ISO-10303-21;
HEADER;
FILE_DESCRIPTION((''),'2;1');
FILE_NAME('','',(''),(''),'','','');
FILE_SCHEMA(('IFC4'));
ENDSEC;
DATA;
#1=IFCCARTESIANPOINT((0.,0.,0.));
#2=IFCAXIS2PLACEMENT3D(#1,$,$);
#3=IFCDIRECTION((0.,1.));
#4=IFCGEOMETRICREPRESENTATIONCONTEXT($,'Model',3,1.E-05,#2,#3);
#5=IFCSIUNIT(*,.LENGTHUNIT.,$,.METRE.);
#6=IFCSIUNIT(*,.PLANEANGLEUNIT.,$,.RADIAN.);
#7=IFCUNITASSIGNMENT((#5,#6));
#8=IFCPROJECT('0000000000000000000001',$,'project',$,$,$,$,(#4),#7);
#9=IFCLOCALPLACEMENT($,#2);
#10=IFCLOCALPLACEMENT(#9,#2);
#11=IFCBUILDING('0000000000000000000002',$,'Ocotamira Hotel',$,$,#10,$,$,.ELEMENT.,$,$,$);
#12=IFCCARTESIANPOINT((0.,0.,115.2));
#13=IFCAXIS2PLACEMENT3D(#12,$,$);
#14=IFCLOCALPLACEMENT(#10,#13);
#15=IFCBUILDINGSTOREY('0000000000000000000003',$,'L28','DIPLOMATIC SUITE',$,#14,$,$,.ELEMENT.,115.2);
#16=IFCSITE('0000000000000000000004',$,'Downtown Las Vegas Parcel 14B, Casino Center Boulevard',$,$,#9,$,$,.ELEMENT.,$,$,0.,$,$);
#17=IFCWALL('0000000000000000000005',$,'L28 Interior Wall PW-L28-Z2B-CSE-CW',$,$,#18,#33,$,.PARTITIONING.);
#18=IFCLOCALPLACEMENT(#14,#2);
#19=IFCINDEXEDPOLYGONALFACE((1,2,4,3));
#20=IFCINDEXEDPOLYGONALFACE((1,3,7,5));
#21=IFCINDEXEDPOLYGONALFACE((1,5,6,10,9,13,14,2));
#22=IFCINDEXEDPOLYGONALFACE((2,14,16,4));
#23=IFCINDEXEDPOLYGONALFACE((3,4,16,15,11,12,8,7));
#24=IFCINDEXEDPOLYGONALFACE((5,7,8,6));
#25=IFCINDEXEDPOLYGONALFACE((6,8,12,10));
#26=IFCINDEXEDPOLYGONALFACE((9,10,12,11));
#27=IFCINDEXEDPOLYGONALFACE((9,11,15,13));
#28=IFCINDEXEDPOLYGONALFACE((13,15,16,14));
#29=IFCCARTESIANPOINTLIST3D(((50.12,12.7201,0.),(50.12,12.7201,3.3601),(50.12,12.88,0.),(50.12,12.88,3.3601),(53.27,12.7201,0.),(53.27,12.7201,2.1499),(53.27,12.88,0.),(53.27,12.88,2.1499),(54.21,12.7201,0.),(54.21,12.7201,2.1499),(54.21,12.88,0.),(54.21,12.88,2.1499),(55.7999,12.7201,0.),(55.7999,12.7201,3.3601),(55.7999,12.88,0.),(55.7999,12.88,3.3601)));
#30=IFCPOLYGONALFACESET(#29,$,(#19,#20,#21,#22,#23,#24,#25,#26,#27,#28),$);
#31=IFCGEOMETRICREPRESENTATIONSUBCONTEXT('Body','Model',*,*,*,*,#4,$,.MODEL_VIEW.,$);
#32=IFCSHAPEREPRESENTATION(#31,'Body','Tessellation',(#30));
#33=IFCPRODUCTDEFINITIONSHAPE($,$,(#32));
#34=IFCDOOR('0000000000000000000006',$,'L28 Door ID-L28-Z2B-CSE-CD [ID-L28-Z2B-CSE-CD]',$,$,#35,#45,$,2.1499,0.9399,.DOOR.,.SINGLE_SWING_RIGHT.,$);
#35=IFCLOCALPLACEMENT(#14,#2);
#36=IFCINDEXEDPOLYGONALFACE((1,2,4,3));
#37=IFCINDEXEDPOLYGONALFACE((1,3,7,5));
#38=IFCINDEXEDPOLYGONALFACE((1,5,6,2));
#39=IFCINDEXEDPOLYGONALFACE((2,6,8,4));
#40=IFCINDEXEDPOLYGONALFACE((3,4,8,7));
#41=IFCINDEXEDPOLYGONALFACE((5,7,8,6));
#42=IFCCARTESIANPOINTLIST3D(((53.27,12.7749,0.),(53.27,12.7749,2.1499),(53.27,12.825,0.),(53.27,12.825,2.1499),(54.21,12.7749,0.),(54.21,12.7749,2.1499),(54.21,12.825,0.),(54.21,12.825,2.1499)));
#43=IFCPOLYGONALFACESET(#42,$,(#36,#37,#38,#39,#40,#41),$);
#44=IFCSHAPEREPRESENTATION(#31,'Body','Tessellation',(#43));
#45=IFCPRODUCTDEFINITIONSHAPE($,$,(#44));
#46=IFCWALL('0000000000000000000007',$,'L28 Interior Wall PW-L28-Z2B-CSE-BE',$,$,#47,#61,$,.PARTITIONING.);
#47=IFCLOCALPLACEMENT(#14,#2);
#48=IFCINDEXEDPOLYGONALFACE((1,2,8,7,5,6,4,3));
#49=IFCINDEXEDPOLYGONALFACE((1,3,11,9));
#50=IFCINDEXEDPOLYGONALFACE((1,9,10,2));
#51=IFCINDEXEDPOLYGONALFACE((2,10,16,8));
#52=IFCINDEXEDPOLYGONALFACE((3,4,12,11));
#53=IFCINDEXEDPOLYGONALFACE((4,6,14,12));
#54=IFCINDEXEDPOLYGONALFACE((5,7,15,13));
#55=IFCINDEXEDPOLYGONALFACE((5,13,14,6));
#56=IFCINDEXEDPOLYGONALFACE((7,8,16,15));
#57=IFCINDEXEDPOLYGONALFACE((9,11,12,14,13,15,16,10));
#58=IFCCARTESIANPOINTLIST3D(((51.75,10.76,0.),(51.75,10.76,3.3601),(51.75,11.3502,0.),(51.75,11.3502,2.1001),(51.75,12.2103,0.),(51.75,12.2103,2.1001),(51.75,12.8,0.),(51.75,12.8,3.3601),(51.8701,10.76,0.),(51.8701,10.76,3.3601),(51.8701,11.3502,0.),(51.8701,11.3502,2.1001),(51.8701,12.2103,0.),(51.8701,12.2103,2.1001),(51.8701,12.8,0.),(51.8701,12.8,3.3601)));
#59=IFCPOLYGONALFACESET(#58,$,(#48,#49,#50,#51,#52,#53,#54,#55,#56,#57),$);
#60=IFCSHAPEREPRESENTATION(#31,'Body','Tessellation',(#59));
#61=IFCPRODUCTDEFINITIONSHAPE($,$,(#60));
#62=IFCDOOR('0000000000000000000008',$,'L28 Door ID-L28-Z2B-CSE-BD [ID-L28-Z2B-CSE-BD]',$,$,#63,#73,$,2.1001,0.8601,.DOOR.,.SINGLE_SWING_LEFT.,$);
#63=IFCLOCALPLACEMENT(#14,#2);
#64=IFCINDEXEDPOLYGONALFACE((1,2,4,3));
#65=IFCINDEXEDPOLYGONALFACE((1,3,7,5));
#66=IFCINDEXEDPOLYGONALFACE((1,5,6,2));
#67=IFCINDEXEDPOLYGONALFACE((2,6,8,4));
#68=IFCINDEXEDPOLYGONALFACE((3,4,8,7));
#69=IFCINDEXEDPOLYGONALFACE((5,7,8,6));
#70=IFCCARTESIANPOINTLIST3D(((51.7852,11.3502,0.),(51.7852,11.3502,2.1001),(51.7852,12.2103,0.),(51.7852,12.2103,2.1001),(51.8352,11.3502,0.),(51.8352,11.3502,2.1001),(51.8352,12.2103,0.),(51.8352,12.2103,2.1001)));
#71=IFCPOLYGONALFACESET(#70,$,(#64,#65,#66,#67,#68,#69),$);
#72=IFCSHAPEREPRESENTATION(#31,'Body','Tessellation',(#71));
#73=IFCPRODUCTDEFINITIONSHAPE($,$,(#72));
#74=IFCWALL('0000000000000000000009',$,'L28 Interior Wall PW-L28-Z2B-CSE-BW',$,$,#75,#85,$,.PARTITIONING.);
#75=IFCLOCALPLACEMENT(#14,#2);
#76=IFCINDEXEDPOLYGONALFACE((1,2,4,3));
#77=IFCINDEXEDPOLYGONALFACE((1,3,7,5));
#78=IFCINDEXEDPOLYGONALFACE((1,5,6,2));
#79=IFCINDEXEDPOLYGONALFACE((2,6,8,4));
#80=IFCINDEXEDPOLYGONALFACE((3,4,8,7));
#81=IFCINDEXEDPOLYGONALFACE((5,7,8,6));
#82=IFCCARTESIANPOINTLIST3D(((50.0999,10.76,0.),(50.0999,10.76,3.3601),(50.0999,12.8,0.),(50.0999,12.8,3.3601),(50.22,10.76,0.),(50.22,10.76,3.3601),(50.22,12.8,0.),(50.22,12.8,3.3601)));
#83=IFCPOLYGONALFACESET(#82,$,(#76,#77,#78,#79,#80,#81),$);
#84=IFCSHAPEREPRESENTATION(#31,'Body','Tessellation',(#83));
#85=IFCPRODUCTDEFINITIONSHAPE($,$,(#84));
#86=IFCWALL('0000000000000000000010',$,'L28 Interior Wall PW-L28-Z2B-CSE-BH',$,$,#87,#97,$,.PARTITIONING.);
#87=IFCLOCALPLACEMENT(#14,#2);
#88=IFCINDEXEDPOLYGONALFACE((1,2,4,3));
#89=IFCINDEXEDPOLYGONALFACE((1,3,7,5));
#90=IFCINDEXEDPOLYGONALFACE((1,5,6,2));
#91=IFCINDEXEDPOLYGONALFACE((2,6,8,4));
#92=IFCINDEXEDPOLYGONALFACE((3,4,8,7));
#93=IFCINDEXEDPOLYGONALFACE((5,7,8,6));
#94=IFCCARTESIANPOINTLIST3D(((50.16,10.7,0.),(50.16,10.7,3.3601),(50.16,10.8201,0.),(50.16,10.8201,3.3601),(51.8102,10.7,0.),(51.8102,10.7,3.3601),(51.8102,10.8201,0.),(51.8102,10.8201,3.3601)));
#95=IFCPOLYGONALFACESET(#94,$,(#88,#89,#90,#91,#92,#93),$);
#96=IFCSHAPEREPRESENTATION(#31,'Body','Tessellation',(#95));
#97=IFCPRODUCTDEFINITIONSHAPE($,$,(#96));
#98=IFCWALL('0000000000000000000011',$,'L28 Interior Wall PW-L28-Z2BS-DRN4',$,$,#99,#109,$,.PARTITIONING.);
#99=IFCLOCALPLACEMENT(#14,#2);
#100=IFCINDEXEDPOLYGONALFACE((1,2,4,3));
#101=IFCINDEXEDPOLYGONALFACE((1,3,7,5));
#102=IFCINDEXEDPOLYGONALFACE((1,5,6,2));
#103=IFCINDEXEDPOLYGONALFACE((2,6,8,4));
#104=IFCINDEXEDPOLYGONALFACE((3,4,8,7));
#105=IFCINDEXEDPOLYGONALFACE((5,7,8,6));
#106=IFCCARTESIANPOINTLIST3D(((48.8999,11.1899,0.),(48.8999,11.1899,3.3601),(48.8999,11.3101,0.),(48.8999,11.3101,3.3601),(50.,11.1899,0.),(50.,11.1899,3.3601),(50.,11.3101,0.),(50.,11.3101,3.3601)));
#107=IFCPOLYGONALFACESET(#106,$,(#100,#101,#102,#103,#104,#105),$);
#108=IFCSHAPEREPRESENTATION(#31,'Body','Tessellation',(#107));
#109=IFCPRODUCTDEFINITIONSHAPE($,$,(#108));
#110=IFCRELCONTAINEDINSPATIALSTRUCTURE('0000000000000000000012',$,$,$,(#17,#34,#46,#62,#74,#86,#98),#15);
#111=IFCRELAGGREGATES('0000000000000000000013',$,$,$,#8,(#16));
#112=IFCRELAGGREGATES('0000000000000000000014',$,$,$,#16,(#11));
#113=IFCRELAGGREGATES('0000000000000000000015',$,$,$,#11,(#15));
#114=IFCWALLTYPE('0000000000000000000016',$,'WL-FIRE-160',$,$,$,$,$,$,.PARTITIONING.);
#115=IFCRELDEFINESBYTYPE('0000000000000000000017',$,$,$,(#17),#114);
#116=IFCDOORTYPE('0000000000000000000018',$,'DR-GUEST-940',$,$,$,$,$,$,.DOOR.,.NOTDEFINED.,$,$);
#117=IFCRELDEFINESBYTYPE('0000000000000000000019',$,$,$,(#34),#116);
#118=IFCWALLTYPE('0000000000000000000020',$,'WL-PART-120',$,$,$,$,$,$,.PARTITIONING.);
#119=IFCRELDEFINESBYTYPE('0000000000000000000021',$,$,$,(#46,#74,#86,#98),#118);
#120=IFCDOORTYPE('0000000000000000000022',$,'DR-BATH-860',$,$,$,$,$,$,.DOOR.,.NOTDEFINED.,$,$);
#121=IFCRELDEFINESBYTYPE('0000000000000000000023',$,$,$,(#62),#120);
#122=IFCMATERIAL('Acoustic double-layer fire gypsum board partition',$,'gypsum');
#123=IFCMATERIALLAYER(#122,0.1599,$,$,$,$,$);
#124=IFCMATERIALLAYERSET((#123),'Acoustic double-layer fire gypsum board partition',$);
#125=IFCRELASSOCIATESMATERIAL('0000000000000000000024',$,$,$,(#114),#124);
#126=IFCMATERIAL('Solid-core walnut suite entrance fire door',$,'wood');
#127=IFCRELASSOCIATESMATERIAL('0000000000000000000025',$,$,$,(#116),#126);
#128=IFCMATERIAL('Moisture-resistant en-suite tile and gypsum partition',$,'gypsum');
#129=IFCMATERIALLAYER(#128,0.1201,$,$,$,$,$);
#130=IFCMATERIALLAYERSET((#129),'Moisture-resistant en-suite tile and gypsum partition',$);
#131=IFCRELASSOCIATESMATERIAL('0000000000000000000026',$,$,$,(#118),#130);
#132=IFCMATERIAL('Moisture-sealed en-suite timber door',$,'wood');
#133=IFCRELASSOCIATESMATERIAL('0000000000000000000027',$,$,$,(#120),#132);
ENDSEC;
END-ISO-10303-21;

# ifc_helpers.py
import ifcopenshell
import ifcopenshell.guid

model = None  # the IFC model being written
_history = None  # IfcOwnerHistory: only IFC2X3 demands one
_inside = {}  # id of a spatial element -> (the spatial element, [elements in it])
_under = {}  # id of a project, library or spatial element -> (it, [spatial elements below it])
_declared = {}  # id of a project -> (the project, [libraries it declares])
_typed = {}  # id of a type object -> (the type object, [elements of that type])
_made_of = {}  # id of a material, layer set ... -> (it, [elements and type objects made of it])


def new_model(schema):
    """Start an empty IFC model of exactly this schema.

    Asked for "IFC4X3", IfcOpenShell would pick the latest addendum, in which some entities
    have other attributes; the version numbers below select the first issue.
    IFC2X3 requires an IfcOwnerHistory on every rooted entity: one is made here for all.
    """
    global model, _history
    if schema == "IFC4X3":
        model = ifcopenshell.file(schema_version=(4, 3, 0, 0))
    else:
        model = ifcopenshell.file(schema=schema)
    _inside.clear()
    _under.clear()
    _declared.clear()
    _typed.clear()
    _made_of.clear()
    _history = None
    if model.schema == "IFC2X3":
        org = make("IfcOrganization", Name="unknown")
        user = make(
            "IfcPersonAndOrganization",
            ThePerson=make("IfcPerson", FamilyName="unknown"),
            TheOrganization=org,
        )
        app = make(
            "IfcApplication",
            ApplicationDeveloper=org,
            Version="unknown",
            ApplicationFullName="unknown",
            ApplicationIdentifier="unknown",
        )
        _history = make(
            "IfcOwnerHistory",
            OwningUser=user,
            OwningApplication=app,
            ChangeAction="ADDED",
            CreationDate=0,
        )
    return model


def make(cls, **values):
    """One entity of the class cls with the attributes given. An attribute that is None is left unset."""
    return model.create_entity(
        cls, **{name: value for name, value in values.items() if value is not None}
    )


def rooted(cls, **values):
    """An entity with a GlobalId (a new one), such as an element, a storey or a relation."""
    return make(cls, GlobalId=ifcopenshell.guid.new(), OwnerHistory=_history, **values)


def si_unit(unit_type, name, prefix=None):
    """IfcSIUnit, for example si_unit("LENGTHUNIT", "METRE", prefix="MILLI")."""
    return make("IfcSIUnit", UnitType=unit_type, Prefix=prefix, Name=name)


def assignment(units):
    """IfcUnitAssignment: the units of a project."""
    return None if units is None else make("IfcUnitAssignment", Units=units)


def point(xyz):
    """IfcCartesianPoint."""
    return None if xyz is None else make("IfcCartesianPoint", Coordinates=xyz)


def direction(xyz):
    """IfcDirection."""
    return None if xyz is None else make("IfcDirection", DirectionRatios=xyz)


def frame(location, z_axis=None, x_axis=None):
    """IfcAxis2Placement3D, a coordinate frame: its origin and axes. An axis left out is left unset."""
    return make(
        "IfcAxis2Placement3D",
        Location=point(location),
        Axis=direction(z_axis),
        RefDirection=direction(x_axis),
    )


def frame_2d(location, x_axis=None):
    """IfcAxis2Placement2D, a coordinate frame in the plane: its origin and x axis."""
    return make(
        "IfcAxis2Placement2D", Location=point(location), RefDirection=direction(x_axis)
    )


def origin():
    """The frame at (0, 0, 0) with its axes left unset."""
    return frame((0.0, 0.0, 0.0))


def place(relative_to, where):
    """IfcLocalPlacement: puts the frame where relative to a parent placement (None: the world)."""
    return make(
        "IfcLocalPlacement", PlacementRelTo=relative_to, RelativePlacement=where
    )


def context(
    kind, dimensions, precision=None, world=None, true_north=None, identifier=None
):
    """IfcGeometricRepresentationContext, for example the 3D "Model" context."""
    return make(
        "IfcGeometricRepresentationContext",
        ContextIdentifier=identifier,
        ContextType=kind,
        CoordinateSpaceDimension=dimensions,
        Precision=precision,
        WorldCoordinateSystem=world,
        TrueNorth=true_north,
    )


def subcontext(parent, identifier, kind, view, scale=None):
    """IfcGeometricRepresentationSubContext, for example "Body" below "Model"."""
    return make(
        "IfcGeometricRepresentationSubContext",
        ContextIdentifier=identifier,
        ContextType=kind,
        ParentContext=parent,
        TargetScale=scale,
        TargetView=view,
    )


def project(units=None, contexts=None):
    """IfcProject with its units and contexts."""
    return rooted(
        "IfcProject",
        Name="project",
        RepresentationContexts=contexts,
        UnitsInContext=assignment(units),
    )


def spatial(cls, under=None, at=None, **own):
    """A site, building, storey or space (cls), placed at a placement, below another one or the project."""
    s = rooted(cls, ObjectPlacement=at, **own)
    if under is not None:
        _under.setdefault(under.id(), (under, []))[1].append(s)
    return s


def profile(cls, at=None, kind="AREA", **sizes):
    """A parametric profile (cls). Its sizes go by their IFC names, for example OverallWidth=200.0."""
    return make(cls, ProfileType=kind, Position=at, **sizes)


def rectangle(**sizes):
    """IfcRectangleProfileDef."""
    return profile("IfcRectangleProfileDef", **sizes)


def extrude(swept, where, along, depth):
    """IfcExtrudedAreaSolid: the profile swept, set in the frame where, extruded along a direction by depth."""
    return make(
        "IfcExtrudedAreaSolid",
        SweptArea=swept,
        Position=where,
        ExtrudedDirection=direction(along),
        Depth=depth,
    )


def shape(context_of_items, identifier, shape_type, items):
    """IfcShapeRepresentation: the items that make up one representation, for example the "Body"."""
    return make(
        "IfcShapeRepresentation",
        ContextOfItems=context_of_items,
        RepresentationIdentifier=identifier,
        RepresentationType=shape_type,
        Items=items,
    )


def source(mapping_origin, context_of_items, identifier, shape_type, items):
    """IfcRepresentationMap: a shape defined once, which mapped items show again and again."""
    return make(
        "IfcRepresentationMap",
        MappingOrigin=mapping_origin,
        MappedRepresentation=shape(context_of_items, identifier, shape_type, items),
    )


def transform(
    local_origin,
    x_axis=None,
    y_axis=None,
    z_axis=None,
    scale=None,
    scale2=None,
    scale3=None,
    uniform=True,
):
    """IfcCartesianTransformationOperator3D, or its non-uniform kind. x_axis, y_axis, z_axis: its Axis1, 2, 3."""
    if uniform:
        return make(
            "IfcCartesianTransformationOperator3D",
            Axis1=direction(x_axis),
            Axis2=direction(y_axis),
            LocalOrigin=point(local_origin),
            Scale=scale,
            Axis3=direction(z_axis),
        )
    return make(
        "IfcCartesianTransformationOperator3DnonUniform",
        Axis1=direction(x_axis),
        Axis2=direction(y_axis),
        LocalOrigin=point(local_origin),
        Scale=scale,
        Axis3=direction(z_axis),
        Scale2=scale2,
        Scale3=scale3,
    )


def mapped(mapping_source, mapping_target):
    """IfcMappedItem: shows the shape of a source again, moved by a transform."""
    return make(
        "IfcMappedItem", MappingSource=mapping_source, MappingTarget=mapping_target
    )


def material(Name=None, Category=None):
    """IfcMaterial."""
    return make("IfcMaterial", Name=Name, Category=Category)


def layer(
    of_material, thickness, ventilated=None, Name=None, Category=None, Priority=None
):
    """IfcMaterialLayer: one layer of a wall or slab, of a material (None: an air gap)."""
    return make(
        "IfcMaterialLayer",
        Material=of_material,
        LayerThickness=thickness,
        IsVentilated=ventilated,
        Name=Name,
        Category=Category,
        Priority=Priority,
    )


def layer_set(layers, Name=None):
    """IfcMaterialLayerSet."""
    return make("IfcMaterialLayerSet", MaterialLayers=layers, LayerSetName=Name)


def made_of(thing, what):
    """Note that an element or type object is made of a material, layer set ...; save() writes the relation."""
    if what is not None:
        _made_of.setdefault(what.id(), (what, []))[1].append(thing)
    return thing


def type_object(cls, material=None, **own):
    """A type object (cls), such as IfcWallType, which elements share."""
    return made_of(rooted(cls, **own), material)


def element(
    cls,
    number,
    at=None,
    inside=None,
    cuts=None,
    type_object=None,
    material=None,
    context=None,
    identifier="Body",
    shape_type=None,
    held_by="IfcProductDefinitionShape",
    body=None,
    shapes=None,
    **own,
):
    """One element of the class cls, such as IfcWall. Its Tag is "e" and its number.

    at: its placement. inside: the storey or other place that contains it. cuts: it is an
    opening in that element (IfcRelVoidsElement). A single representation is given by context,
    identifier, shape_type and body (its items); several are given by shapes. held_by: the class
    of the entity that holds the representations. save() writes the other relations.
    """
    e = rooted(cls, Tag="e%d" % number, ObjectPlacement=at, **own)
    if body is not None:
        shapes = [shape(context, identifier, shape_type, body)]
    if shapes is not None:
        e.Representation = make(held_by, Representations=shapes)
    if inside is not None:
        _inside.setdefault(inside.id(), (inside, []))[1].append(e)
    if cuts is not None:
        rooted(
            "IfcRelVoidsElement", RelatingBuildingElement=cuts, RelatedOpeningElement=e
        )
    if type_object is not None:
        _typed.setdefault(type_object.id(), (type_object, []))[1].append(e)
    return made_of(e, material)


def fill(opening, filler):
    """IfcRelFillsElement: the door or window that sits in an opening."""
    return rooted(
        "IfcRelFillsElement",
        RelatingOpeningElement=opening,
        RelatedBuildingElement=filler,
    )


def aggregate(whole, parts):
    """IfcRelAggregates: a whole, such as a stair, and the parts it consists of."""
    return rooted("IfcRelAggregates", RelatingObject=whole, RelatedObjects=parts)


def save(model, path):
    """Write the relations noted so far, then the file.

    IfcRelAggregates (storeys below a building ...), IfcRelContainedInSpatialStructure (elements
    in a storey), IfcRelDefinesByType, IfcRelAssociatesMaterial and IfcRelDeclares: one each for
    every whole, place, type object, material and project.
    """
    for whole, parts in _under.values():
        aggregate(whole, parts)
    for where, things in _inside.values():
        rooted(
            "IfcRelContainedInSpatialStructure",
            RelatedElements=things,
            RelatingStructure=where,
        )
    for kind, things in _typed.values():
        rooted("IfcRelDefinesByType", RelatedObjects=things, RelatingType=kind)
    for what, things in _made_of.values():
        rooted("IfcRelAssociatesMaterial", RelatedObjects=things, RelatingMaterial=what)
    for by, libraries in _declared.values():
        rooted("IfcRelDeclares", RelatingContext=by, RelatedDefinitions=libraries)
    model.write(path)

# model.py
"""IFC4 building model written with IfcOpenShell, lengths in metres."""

from ifc_helpers import new_model, si_unit, direction, frame, frame_2d, origin, place, context, subcontext, project, spatial, rectangle, extrude, source, transform, mapped, material, layer, layer_set, type_object, element, fill, save


model = new_model("IFC4")

# Units and contexts
model_context = context("Model", 3, precision=1e-05, world=origin(), true_north=direction((0.0, 1.0)))
body_context = subcontext(model_context, "Body", "Model", "MODEL_VIEW")
ifc_project = project(units=[si_unit("LENGTHUNIT", "METRE"), si_unit("PLANEANGLEUNIT", "RADIAN")], contexts=[model_context])

# Site, building, storey
site_placement = place(None, origin())
site = spatial("IfcSite", under=ifc_project, at=site_placement, Name="Downtown Las Vegas Parcel 14B, Casino Center Boulevard", CompositionType="ELEMENT", RefElevation=0.0)
building_placement = place(site_placement, origin())
building = spatial("IfcBuilding", under=site, at=building_placement, Name="Ocotamira Hotel", CompositionType="ELEMENT")
storey_placement = place(building_placement, frame((0.0, 0.0, 115.2)))
storey = spatial("IfcBuildingStorey", under=building, at=storey_placement, Name="L28", Description="DIPLOMATIC SUITE", CompositionType="ELEMENT", Elevation=115.2)

# Walls, openings, doors
ifc_material_1 = material(Name="Acoustic double-layer fire gypsum board partition", Category="gypsum")
ifc_layer_1 = layer(ifc_material_1, 0.1599)
ifc_layer_set_1 = layer_set([ifc_layer_1], Name="Acoustic double-layer fire gypsum board partition")
wall_type_1 = type_object("IfcWallType", Name="WL-FIRE-160", PredefinedType="PARTITIONING", material=ifc_layer_set_1)
wall_1_placement = place(storey_placement, frame((50.1201, 12.8, 0.0), z_axis=(0.0, 0.0, 1.0), x_axis=(1.0, 0.0, 0.0)))
wall_1 = element("IfcWall", 1, at=wall_1_placement, inside=storey, type_object=wall_type_1, Name="L28 Interior Wall PW-L28-Z2B-CSE-CW", PredefinedType="PARTITIONING", context=body_context, shape_type="SweptSolid", body=[
    extrude(rectangle(XDim=5.6799, YDim=0.1599, at=frame_2d((2.8398, 0.0))), origin(), (0.0, 0.0, 1.0), 3.3601),
])
opening_1_placement = place(wall_1_placement, frame((3.1499, 0.0, 0.0)))
opening_1 = element("IfcOpeningElement", 2, at=opening_1_placement, cuts=wall_1, PredefinedType="OPENING", context=body_context, shape_type="SweptSolid", body=[
    extrude(rectangle(XDim=0.9399, YDim=2.1499, at=frame_2d((0.47, 1.075))), frame((0.0, 0.0898, 0.0), z_axis=(0.0, -1.0, 0.0), x_axis=(1.0, 0.0, 0.0)), (0.0, 0.0, 1.0), 0.1799),
])
ifc_material_2 = material(Name="Solid-core walnut suite entrance fire door", Category="wood")
door_type_1 = type_object("IfcDoorType", Name="DR-GUEST-940", OperationType="NOTDEFINED", PredefinedType="DOOR", material=ifc_material_2)
shared_shape_1 = source(origin(), body_context, "Body", "SweptSolid", [
    extrude(rectangle(XDim=0.9399, YDim=2.1499, at=frame_2d((0.47, 1.075))), frame((0.0, 0.0249, 0.0), z_axis=(0.0, -1.0, 0.0), x_axis=(1.0, 0.0, 0.0)), (0.0, 0.0, 1.0), 0.05),
])
door_1_placement = place(opening_1_placement, origin())
door_1 = element("IfcDoor", 3, at=door_1_placement, inside=storey, type_object=door_type_1, Name="L28 Door ID-L28-Z2B-CSE-CD [ID-L28-Z2B-CSE-CD]", OperationType="SINGLE_SWING_RIGHT", OverallHeight=2.1499, OverallWidth=0.9399, PredefinedType="DOOR", context=body_context, shape_type="MappedRepresentation", body=[
    mapped(shared_shape_1, transform((0.0, 0.0, 0.0), scale=1.0)),
])
fill(opening_1, door_1)
ifc_material_3 = material(Name="Moisture-resistant en-suite tile and gypsum partition", Category="gypsum")
ifc_layer_2 = layer(ifc_material_3, 0.1201)
ifc_layer_set_2 = layer_set([ifc_layer_2], Name="Moisture-resistant en-suite tile and gypsum partition")
wall_type_2 = type_object("IfcWallType", Name="WL-PART-120", PredefinedType="PARTITIONING", material=ifc_layer_set_2)
wall_2_placement = place(storey_placement, frame((51.8101, 10.76, 0.0), z_axis=(0.0, 0.0, 1.0), x_axis=(0.0, 1.0, 0.0)))
wall_2 = element("IfcWall", 4, at=wall_2_placement, inside=storey, type_object=wall_type_2, Name="L28 Interior Wall PW-L28-Z2B-CSE-BE", PredefinedType="PARTITIONING", context=body_context, shape_type="SweptSolid", body=[
    extrude(rectangle(XDim=2.04, YDim=0.1201, at=frame_2d((1.02, 0.0))), origin(), (0.0, 0.0, 1.0), 3.3601),
])
opening_2_placement = place(wall_2_placement, frame((0.5901, 0.0, 0.0)))
opening_2 = element("IfcOpeningElement", 5, at=opening_2_placement, cuts=wall_2, PredefinedType="OPENING", context=body_context, shape_type="SweptSolid", body=[
    extrude(rectangle(XDim=0.8601, YDim=2.1001, at=frame_2d((0.4302, 1.05))), frame((0.0, 0.0701, 0.0), z_axis=(0.0, -1.0, 0.0), x_axis=(1.0, 0.0, 0.0)), (0.0, 0.0, 1.0), 0.1401),
])
ifc_material_4 = material(Name="Moisture-sealed en-suite timber door", Category="wood")
door_type_2 = type_object("IfcDoorType", Name="DR-BATH-860", OperationType="NOTDEFINED", PredefinedType="DOOR", material=ifc_material_4)
shared_shape_2 = source(origin(), body_context, "Body", "SweptSolid", [
    extrude(rectangle(XDim=0.8601, YDim=2.1001, at=frame_2d((0.4302, 1.05))), frame((0.0, 0.0249, 0.0), z_axis=(0.0, -1.0, 0.0), x_axis=(1.0, 0.0, 0.0)), (0.0, 0.0, 1.0), 0.05),
])
door_2_placement = place(opening_2_placement, origin())
door_2 = element("IfcDoor", 6, at=door_2_placement, inside=storey, type_object=door_type_2, Name="L28 Door ID-L28-Z2B-CSE-BD [ID-L28-Z2B-CSE-BD]", OperationType="SINGLE_SWING_LEFT", OverallHeight=2.1001, OverallWidth=0.8601, PredefinedType="DOOR", context=body_context, shape_type="MappedRepresentation", body=[
    mapped(shared_shape_2, transform((0.0, 0.0, 0.0), scale=1.0)),
])
fill(opening_2, door_2)

# Walls
wall_3_placement = place(storey_placement, frame((50.1599, 10.76, 0.0), z_axis=(0.0, 0.0, 1.0), x_axis=(0.0, 1.0, 0.0)))
element("IfcWall", 7, at=wall_3_placement, inside=storey, type_object=wall_type_2, Name="L28 Interior Wall PW-L28-Z2B-CSE-BW", PredefinedType="PARTITIONING", context=body_context, shape_type="SweptSolid", body=[
    extrude(rectangle(XDim=2.04, YDim=0.1201, at=frame_2d((1.02, 0.0))), origin(), (0.0, 0.0, 1.0), 3.3601),
])
wall_4_placement = place(storey_placement, frame((50.1599, 10.76, 0.0), z_axis=(0.0, 0.0, 1.0), x_axis=(1.0, 0.0, 0.0)))
element("IfcWall", 8, at=wall_4_placement, inside=storey, type_object=wall_type_2, Name="L28 Interior Wall PW-L28-Z2B-CSE-BH", PredefinedType="PARTITIONING", context=body_context, shape_type="SweptSolid", body=[
    extrude(rectangle(XDim=1.6501, YDim=0.1201, at=frame_2d((0.8252, 0.0))), origin(), (0.0, 0.0, 1.0), 3.3601),
])
wall_5_placement = place(storey_placement, frame((48.8999, 11.25, 0.0), z_axis=(0.0, 0.0, 1.0), x_axis=(1.0, 0.0, 0.0)))
element("IfcWall", 9, at=wall_5_placement, inside=storey, type_object=wall_type_2, Name="L28 Interior Wall PW-L28-Z2BS-DRN4", PredefinedType="PARTITIONING", context=body_context, shape_type="SweptSolid", body=[
    extrude(rectangle(XDim=1.1001, YDim=0.1201, at=frame_2d((0.55, 0.0))), origin(), (0.0, 0.0, 1.0), 3.3601),
])

save(model, "model.ifc")
